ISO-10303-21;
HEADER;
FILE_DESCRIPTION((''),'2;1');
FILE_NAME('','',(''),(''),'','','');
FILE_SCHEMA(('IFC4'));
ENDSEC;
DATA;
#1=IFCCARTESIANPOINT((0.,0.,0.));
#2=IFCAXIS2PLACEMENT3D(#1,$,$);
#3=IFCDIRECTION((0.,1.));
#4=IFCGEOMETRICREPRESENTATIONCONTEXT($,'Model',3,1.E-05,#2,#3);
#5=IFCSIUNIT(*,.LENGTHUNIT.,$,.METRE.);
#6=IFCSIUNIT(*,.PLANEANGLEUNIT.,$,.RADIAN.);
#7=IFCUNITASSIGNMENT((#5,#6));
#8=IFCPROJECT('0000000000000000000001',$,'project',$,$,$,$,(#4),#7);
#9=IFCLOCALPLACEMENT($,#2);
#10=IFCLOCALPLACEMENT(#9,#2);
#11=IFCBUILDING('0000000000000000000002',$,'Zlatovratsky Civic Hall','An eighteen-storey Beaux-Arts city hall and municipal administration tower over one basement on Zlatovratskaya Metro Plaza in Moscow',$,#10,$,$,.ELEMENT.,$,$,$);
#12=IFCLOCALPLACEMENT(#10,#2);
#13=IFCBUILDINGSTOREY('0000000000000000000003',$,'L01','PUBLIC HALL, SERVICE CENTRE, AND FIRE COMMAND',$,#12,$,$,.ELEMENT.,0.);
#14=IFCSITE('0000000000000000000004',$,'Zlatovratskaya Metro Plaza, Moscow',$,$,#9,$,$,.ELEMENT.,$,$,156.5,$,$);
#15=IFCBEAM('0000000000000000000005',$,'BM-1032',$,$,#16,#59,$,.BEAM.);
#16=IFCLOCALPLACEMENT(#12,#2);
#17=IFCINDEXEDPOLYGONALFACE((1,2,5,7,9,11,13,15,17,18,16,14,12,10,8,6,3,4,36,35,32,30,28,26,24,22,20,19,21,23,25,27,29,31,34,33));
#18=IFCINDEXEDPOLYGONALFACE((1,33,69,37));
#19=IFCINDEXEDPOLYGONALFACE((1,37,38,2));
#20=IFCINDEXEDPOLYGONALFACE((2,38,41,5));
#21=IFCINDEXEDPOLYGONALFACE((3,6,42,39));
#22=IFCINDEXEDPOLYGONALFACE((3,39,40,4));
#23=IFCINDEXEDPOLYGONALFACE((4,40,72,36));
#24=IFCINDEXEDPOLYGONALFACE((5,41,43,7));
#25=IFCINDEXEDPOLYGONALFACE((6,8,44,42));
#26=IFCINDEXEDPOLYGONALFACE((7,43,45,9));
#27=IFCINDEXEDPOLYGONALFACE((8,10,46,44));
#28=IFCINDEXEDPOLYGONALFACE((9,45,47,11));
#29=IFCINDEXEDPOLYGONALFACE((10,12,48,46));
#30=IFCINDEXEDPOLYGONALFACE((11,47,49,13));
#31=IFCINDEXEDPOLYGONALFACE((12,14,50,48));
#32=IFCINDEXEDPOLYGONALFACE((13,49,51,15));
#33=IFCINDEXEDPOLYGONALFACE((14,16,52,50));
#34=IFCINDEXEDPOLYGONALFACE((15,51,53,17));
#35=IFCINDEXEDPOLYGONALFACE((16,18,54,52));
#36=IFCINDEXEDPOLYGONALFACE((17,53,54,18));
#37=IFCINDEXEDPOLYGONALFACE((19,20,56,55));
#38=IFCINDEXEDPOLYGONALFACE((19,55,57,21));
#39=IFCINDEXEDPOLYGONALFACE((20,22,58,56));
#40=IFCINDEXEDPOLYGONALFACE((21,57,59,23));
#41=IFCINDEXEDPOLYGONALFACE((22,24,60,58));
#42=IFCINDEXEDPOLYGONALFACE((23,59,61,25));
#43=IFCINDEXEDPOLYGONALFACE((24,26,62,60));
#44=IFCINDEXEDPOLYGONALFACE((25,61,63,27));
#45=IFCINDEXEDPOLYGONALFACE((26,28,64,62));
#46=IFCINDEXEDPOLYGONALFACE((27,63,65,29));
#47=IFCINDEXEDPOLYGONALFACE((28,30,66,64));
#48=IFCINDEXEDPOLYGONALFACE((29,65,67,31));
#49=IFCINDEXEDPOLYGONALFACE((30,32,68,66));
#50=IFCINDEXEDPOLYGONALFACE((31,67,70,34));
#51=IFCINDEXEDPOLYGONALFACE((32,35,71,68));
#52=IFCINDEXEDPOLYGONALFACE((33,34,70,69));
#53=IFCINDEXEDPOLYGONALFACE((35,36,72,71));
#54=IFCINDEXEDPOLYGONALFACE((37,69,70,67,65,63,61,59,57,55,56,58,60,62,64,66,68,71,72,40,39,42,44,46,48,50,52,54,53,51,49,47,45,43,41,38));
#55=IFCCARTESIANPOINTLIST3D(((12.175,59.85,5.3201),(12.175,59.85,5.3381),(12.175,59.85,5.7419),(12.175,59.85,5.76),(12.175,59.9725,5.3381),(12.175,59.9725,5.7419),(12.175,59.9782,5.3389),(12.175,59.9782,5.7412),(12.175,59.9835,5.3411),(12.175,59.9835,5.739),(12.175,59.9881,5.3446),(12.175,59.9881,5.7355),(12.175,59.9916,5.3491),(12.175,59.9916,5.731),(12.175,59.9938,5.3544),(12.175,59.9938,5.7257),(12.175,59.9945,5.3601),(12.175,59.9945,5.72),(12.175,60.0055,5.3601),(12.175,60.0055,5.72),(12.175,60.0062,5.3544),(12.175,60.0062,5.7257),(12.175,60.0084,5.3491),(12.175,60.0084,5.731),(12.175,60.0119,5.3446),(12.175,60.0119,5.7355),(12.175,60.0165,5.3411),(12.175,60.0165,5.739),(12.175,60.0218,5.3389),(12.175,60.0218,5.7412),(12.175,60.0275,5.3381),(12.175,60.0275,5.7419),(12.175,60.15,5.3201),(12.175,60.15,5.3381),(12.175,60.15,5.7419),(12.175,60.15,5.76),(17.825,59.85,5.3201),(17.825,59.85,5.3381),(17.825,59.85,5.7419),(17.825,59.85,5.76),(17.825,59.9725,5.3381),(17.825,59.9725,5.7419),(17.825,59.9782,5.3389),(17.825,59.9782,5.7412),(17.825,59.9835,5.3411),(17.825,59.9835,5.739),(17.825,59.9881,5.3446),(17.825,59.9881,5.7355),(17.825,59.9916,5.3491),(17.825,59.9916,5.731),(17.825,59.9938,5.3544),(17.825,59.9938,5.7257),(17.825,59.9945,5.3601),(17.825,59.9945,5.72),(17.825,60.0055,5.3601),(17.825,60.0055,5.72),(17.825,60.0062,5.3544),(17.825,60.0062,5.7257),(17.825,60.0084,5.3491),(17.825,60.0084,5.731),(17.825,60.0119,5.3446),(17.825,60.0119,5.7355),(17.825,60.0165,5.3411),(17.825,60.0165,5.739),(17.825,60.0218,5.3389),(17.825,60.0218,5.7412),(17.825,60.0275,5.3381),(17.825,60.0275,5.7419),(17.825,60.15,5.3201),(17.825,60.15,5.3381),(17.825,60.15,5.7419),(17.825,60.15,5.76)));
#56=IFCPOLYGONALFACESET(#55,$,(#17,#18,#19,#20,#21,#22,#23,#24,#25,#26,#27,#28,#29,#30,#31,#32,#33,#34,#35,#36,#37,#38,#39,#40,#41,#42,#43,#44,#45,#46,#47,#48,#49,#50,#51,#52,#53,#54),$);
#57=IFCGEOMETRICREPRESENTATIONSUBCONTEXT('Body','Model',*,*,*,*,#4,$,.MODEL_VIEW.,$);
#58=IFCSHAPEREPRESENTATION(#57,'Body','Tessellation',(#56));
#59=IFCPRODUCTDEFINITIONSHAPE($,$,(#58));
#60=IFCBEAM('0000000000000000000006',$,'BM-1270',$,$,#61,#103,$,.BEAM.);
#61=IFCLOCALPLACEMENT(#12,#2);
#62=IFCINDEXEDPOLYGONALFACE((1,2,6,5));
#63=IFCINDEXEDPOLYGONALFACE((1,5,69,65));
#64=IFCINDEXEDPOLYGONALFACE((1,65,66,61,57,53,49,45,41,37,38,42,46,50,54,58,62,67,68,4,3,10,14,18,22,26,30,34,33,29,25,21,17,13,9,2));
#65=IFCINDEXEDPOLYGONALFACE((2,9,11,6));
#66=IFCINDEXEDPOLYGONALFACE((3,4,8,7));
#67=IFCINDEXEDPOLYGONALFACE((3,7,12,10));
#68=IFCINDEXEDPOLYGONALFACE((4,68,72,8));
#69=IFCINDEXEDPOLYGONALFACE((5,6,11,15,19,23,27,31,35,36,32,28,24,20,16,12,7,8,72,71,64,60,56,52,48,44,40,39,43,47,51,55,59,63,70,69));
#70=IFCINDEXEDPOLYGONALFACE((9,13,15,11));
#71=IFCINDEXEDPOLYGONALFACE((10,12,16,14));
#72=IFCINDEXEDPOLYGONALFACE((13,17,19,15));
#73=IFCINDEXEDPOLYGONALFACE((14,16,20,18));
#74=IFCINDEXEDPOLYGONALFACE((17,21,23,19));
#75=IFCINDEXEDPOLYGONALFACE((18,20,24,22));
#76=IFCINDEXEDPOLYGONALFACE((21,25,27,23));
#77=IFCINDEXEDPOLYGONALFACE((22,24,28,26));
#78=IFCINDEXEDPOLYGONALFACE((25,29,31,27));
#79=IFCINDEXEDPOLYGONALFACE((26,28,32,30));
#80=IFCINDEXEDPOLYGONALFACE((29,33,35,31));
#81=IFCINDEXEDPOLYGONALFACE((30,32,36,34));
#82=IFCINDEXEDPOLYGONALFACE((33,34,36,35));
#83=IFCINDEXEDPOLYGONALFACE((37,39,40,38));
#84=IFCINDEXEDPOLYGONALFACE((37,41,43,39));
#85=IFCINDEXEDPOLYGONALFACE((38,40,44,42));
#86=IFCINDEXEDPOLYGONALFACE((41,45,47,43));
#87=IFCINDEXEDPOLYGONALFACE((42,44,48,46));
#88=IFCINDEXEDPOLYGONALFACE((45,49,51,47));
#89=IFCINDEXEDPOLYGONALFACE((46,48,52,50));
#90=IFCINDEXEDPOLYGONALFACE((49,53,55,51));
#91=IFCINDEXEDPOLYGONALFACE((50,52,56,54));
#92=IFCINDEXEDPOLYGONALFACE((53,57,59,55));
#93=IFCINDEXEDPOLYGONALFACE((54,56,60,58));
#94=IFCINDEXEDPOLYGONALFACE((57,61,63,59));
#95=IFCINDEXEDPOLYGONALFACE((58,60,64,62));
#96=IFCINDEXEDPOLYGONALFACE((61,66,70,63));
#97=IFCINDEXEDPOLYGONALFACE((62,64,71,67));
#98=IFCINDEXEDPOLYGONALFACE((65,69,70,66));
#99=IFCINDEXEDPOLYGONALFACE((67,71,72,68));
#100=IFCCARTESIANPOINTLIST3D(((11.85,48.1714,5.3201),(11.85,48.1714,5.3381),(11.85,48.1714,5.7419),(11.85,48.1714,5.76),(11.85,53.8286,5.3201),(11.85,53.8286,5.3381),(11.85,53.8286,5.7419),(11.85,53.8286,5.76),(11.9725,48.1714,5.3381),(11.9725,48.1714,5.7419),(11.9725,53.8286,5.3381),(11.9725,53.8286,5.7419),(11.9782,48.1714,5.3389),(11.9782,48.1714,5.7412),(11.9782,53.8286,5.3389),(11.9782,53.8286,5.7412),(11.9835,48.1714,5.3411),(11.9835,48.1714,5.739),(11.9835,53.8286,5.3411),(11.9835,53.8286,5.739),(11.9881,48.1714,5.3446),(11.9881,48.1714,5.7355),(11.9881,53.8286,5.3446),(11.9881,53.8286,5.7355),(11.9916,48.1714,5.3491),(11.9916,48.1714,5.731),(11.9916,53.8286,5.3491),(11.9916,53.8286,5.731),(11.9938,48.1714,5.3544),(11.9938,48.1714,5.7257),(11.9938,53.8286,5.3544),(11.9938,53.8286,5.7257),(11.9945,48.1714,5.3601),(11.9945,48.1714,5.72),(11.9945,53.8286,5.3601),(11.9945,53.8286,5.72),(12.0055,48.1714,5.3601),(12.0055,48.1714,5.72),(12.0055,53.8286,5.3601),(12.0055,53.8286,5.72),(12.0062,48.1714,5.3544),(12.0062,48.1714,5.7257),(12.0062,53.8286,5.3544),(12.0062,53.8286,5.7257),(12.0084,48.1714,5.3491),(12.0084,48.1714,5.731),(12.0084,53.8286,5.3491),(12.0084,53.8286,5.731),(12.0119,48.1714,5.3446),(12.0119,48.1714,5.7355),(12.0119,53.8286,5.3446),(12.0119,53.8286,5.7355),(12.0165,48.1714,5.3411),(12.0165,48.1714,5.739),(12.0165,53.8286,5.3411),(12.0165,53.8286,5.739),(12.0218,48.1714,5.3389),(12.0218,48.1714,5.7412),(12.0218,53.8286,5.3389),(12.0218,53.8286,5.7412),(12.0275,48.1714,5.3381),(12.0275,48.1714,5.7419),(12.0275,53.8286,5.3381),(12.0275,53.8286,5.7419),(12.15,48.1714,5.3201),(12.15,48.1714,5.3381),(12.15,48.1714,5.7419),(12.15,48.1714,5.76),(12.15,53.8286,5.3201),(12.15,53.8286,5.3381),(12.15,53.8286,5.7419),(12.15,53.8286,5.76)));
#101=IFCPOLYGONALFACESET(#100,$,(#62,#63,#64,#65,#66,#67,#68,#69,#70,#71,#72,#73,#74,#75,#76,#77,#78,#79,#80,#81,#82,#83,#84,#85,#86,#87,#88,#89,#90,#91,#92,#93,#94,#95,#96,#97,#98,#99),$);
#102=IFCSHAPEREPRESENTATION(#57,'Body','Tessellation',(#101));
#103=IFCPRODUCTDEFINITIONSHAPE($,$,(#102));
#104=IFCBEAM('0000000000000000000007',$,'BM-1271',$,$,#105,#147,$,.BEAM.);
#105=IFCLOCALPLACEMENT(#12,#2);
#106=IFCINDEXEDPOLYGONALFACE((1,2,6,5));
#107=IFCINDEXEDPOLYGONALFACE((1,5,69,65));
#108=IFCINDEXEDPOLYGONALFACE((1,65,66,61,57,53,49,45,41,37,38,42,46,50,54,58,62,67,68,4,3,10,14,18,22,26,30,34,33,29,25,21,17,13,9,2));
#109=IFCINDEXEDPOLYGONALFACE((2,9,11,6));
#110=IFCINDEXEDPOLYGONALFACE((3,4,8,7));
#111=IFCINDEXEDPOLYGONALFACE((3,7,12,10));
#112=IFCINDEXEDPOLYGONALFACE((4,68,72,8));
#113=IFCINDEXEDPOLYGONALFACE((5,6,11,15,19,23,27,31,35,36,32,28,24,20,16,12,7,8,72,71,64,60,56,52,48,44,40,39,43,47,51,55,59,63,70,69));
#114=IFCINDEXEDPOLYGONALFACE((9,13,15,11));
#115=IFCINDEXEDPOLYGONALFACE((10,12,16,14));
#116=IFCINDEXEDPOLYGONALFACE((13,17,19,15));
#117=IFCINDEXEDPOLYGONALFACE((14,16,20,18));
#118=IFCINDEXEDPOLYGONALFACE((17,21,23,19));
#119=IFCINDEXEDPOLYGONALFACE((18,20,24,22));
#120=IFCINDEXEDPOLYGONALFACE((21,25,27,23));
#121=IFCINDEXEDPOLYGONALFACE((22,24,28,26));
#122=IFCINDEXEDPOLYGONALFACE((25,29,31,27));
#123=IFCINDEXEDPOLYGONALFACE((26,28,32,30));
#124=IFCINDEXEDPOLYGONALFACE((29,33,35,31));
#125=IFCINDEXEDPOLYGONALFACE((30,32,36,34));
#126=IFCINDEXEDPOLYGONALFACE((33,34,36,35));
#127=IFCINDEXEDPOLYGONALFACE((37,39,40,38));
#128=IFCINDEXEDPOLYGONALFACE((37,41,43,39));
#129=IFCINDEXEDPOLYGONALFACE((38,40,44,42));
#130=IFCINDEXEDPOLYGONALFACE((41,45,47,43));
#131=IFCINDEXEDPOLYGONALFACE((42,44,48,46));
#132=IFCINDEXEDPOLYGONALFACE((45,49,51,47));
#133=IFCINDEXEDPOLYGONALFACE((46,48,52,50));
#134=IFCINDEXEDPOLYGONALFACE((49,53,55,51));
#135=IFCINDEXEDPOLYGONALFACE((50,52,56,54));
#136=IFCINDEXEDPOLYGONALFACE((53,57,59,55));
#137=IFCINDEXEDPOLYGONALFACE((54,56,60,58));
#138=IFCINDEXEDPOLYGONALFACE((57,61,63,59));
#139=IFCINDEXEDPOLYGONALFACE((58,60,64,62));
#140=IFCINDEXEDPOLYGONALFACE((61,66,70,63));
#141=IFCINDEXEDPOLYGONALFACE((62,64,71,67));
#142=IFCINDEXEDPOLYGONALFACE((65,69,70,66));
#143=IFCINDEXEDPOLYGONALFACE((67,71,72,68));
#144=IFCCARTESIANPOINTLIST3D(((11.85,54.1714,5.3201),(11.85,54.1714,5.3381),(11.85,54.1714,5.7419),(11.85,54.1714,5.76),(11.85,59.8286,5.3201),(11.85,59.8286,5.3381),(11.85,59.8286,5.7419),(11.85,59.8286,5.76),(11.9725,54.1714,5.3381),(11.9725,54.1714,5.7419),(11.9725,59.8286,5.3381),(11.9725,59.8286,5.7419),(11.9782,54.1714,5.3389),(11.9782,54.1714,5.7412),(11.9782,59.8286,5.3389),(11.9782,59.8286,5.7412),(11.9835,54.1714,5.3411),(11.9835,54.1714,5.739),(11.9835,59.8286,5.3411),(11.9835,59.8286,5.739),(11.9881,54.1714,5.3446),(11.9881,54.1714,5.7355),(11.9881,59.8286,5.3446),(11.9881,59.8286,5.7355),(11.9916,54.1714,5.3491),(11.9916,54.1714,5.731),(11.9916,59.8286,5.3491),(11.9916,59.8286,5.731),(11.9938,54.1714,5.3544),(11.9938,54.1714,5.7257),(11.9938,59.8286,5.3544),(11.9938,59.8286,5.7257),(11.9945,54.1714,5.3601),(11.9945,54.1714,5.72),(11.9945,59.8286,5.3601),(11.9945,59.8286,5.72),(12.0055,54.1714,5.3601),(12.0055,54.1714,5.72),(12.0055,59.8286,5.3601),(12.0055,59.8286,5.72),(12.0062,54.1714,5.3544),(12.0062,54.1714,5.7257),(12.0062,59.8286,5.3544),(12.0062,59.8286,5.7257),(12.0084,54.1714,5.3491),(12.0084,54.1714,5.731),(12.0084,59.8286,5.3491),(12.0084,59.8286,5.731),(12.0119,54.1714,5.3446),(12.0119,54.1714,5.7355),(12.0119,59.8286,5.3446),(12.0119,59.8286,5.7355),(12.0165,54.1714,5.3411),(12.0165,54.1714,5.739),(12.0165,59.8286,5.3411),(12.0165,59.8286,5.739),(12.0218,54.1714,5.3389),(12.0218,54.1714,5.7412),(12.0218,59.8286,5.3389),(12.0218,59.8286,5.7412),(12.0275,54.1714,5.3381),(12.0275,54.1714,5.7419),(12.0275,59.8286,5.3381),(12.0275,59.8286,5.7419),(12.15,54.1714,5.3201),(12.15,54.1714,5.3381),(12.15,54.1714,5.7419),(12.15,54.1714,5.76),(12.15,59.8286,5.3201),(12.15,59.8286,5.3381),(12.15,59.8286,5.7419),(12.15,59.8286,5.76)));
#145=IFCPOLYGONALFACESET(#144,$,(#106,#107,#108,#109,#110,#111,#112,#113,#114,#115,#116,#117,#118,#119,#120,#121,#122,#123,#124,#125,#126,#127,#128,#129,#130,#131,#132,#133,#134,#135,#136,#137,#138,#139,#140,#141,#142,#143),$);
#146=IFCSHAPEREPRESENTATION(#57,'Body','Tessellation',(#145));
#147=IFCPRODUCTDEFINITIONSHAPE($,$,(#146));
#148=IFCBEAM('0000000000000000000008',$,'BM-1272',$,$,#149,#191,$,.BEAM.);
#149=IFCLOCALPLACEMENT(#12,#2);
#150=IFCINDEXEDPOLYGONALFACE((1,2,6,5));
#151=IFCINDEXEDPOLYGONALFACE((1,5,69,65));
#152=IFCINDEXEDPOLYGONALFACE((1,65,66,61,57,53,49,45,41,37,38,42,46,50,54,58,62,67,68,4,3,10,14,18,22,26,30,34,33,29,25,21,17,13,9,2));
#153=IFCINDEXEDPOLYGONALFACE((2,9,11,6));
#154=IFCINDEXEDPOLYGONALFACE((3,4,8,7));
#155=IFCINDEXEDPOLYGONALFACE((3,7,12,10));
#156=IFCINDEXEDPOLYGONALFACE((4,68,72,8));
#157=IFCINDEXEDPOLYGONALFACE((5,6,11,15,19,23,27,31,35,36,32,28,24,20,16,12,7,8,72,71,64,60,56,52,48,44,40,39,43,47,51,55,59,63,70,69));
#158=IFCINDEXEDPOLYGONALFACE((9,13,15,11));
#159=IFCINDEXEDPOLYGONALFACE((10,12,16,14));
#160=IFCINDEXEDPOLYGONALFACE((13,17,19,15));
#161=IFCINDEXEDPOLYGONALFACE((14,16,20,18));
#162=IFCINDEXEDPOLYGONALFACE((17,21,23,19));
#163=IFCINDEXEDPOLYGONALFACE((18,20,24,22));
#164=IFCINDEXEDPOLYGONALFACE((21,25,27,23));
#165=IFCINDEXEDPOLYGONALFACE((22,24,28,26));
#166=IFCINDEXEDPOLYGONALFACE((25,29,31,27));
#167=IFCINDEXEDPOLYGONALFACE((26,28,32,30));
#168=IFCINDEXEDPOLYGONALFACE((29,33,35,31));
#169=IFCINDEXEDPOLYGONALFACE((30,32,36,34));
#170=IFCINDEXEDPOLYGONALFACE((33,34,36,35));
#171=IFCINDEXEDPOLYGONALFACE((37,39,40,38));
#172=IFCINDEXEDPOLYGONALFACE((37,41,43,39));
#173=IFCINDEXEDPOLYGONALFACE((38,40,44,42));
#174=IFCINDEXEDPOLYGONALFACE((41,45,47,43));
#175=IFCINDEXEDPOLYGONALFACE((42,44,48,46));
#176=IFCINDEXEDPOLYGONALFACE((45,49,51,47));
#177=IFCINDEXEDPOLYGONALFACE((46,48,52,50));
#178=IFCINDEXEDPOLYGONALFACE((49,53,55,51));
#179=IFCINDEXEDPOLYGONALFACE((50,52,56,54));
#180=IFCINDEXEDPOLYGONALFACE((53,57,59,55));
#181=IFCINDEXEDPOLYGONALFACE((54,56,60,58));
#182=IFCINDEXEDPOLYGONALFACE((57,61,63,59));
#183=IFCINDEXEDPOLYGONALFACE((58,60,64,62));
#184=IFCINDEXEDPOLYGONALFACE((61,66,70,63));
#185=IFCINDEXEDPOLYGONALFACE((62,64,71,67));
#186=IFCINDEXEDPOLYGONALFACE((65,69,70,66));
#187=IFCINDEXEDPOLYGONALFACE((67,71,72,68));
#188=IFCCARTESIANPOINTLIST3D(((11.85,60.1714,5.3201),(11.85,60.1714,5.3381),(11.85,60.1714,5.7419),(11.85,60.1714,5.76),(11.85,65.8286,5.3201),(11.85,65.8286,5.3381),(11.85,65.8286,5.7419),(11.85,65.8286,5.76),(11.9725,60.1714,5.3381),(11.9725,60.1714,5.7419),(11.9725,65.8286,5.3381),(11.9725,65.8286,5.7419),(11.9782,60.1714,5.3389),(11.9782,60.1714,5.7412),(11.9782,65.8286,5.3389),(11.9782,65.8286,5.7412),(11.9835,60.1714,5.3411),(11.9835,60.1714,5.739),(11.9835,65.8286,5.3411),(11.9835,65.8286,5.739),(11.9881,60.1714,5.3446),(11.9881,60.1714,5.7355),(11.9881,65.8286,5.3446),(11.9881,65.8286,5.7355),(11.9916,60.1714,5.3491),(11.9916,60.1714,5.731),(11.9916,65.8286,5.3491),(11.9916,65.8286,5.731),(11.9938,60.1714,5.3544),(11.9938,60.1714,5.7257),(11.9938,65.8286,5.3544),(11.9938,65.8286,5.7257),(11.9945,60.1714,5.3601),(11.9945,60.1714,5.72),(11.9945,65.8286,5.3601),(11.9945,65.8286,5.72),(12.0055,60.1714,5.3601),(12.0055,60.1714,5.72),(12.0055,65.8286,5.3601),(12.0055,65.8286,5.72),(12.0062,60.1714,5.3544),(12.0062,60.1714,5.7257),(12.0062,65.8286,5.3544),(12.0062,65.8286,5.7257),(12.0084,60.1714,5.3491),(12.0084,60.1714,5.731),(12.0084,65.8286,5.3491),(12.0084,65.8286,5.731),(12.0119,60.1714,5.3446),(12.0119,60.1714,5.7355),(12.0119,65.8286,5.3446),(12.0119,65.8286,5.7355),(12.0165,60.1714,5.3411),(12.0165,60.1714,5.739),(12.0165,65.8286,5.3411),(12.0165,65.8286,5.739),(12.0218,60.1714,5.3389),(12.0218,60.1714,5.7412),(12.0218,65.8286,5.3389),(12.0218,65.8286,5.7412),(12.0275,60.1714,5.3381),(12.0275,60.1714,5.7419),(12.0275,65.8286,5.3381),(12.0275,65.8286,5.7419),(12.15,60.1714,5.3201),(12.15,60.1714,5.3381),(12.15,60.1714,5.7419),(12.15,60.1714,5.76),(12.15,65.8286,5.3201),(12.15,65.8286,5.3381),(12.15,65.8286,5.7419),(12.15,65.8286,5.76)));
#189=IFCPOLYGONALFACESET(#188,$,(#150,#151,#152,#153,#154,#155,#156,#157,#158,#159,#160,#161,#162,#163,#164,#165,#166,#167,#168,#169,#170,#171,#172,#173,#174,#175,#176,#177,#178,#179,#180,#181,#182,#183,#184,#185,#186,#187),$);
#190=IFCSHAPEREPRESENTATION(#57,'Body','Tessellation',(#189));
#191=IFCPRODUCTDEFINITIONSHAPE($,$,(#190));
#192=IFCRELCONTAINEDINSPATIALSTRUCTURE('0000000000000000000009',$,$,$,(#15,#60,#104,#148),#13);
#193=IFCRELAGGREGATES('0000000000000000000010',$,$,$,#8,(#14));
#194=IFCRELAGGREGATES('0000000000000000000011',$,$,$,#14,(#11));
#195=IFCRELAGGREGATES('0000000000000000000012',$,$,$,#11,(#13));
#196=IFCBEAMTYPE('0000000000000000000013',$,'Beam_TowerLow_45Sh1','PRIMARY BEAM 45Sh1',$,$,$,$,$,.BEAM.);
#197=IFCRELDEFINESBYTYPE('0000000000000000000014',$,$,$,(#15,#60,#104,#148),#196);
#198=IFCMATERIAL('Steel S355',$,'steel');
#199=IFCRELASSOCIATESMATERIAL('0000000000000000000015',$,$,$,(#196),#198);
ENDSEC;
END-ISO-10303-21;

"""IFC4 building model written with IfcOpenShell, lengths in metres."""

from ifc_helpers import new_model, si_unit, direction, frame, origin, origin_2d, place, context, subcontext, project, spatial, i_section, extrude, material, material_profile, profile_set, type_object, element, save


model = new_model("IFC4")

# Units and contexts
model_context = context("Model", 3, precision=1e-05, world=origin(), true_north=direction((0.0, 1.0)))
body_context = subcontext(model_context, "Body", "Model", "MODEL_VIEW")
ifc_project = project(units=[si_unit("LENGTHUNIT", "METRE"), si_unit("PLANEANGLEUNIT", "RADIAN")], contexts=[model_context])

# Site, building, storey
site_placement = place(None, origin())
site = spatial("IfcSite", under=ifc_project, at=site_placement, Name="Zlatovratskaya Metro Plaza, Moscow", CompositionType="ELEMENT", RefElevation=156.5)
building_placement = place(site_placement, origin())
building = spatial("IfcBuilding", under=site, at=building_placement, Name="Zlatovratsky Civic Hall", Description="An eighteen-storey Beaux-Arts city hall and municipal administration tower over one basement on Zlatovratskaya Metro Plaza in Moscow", CompositionType="ELEMENT")
storey_placement = place(building_placement, origin())
storey = spatial("IfcBuildingStorey", under=building, at=storey_placement, Name="L01", Description="PUBLIC HALL, SERVICE CENTRE, AND FIRE COMMAND", CompositionType="ELEMENT", Elevation=0.0)

# Shared definitions
ifc_material_1 = material(Name="Steel S355", Category="steel")

# Beams
ifc_material_profile_1 = material_profile(ifc_material_1, i_section(OverallWidth=0.3, OverallDepth=0.4399, WebThickness=0.011, FlangeThickness=0.0181, FilletRadius=0.022, at=origin_2d()), Name="45Sh1")
ifc_profile_set_1 = profile_set([ifc_material_profile_1], Name="Steel S355")
beam_type_1 = type_object("IfcBeamType", Name="Beam_TowerLow_45Sh1", Description="PRIMARY BEAM 45Sh1", PredefinedType="BEAM", material=ifc_profile_set_1)
for number, where, z_axis, x_axis, name in (
    (1, (12.175, 60.0, 5.54), (1.0, 0.0, 0.0), (0.0, 1.0, 0.0), "BM-1032"),
):
    element("IfcBeam", number, at=place(storey_placement, frame(where, z_axis=z_axis, x_axis=x_axis)), inside=storey, type_object=beam_type_1, Name=name, PredefinedType="BEAM", context=body_context, shape_type="SweptSolid", body=[
        extrude(i_section(OverallWidth=0.3, OverallDepth=0.4399, WebThickness=0.011, FlangeThickness=0.0181, FilletRadius=0.022, at=origin_2d()), origin(), (0.0, 0.0, 1.0), 5.6499),
    ])
for number, where, z_axis, x_axis, name in (
    (2, (12.0, 48.1714, 5.54), (0.0, 1.0, 0.0), (-1.0, 0.0, 0.0), "BM-1270"),
    (3, (12.0, 54.1714, 5.54), (0.0, 1.0, 0.0), (-1.0, 0.0, 0.0), "BM-1271"),
    (4, (12.0, 60.1714, 5.54), (0.0, 1.0, 0.0), (-1.0, 0.0, 0.0), "BM-1272"),
):
    element("IfcBeam", number, at=place(storey_placement, frame(where, z_axis=z_axis, x_axis=x_axis)), inside=storey, type_object=beam_type_1, Name=name, PredefinedType="BEAM", context=body_context, shape_type="SweptSolid", body=[
        extrude(i_section(OverallWidth=0.3, OverallDepth=0.4399, WebThickness=0.011, FlangeThickness=0.0181, FilletRadius=0.022, at=origin_2d()), origin(), (0.0, 0.0, 1.0), 5.6572),
    ])

save(model, "model.ifc")
